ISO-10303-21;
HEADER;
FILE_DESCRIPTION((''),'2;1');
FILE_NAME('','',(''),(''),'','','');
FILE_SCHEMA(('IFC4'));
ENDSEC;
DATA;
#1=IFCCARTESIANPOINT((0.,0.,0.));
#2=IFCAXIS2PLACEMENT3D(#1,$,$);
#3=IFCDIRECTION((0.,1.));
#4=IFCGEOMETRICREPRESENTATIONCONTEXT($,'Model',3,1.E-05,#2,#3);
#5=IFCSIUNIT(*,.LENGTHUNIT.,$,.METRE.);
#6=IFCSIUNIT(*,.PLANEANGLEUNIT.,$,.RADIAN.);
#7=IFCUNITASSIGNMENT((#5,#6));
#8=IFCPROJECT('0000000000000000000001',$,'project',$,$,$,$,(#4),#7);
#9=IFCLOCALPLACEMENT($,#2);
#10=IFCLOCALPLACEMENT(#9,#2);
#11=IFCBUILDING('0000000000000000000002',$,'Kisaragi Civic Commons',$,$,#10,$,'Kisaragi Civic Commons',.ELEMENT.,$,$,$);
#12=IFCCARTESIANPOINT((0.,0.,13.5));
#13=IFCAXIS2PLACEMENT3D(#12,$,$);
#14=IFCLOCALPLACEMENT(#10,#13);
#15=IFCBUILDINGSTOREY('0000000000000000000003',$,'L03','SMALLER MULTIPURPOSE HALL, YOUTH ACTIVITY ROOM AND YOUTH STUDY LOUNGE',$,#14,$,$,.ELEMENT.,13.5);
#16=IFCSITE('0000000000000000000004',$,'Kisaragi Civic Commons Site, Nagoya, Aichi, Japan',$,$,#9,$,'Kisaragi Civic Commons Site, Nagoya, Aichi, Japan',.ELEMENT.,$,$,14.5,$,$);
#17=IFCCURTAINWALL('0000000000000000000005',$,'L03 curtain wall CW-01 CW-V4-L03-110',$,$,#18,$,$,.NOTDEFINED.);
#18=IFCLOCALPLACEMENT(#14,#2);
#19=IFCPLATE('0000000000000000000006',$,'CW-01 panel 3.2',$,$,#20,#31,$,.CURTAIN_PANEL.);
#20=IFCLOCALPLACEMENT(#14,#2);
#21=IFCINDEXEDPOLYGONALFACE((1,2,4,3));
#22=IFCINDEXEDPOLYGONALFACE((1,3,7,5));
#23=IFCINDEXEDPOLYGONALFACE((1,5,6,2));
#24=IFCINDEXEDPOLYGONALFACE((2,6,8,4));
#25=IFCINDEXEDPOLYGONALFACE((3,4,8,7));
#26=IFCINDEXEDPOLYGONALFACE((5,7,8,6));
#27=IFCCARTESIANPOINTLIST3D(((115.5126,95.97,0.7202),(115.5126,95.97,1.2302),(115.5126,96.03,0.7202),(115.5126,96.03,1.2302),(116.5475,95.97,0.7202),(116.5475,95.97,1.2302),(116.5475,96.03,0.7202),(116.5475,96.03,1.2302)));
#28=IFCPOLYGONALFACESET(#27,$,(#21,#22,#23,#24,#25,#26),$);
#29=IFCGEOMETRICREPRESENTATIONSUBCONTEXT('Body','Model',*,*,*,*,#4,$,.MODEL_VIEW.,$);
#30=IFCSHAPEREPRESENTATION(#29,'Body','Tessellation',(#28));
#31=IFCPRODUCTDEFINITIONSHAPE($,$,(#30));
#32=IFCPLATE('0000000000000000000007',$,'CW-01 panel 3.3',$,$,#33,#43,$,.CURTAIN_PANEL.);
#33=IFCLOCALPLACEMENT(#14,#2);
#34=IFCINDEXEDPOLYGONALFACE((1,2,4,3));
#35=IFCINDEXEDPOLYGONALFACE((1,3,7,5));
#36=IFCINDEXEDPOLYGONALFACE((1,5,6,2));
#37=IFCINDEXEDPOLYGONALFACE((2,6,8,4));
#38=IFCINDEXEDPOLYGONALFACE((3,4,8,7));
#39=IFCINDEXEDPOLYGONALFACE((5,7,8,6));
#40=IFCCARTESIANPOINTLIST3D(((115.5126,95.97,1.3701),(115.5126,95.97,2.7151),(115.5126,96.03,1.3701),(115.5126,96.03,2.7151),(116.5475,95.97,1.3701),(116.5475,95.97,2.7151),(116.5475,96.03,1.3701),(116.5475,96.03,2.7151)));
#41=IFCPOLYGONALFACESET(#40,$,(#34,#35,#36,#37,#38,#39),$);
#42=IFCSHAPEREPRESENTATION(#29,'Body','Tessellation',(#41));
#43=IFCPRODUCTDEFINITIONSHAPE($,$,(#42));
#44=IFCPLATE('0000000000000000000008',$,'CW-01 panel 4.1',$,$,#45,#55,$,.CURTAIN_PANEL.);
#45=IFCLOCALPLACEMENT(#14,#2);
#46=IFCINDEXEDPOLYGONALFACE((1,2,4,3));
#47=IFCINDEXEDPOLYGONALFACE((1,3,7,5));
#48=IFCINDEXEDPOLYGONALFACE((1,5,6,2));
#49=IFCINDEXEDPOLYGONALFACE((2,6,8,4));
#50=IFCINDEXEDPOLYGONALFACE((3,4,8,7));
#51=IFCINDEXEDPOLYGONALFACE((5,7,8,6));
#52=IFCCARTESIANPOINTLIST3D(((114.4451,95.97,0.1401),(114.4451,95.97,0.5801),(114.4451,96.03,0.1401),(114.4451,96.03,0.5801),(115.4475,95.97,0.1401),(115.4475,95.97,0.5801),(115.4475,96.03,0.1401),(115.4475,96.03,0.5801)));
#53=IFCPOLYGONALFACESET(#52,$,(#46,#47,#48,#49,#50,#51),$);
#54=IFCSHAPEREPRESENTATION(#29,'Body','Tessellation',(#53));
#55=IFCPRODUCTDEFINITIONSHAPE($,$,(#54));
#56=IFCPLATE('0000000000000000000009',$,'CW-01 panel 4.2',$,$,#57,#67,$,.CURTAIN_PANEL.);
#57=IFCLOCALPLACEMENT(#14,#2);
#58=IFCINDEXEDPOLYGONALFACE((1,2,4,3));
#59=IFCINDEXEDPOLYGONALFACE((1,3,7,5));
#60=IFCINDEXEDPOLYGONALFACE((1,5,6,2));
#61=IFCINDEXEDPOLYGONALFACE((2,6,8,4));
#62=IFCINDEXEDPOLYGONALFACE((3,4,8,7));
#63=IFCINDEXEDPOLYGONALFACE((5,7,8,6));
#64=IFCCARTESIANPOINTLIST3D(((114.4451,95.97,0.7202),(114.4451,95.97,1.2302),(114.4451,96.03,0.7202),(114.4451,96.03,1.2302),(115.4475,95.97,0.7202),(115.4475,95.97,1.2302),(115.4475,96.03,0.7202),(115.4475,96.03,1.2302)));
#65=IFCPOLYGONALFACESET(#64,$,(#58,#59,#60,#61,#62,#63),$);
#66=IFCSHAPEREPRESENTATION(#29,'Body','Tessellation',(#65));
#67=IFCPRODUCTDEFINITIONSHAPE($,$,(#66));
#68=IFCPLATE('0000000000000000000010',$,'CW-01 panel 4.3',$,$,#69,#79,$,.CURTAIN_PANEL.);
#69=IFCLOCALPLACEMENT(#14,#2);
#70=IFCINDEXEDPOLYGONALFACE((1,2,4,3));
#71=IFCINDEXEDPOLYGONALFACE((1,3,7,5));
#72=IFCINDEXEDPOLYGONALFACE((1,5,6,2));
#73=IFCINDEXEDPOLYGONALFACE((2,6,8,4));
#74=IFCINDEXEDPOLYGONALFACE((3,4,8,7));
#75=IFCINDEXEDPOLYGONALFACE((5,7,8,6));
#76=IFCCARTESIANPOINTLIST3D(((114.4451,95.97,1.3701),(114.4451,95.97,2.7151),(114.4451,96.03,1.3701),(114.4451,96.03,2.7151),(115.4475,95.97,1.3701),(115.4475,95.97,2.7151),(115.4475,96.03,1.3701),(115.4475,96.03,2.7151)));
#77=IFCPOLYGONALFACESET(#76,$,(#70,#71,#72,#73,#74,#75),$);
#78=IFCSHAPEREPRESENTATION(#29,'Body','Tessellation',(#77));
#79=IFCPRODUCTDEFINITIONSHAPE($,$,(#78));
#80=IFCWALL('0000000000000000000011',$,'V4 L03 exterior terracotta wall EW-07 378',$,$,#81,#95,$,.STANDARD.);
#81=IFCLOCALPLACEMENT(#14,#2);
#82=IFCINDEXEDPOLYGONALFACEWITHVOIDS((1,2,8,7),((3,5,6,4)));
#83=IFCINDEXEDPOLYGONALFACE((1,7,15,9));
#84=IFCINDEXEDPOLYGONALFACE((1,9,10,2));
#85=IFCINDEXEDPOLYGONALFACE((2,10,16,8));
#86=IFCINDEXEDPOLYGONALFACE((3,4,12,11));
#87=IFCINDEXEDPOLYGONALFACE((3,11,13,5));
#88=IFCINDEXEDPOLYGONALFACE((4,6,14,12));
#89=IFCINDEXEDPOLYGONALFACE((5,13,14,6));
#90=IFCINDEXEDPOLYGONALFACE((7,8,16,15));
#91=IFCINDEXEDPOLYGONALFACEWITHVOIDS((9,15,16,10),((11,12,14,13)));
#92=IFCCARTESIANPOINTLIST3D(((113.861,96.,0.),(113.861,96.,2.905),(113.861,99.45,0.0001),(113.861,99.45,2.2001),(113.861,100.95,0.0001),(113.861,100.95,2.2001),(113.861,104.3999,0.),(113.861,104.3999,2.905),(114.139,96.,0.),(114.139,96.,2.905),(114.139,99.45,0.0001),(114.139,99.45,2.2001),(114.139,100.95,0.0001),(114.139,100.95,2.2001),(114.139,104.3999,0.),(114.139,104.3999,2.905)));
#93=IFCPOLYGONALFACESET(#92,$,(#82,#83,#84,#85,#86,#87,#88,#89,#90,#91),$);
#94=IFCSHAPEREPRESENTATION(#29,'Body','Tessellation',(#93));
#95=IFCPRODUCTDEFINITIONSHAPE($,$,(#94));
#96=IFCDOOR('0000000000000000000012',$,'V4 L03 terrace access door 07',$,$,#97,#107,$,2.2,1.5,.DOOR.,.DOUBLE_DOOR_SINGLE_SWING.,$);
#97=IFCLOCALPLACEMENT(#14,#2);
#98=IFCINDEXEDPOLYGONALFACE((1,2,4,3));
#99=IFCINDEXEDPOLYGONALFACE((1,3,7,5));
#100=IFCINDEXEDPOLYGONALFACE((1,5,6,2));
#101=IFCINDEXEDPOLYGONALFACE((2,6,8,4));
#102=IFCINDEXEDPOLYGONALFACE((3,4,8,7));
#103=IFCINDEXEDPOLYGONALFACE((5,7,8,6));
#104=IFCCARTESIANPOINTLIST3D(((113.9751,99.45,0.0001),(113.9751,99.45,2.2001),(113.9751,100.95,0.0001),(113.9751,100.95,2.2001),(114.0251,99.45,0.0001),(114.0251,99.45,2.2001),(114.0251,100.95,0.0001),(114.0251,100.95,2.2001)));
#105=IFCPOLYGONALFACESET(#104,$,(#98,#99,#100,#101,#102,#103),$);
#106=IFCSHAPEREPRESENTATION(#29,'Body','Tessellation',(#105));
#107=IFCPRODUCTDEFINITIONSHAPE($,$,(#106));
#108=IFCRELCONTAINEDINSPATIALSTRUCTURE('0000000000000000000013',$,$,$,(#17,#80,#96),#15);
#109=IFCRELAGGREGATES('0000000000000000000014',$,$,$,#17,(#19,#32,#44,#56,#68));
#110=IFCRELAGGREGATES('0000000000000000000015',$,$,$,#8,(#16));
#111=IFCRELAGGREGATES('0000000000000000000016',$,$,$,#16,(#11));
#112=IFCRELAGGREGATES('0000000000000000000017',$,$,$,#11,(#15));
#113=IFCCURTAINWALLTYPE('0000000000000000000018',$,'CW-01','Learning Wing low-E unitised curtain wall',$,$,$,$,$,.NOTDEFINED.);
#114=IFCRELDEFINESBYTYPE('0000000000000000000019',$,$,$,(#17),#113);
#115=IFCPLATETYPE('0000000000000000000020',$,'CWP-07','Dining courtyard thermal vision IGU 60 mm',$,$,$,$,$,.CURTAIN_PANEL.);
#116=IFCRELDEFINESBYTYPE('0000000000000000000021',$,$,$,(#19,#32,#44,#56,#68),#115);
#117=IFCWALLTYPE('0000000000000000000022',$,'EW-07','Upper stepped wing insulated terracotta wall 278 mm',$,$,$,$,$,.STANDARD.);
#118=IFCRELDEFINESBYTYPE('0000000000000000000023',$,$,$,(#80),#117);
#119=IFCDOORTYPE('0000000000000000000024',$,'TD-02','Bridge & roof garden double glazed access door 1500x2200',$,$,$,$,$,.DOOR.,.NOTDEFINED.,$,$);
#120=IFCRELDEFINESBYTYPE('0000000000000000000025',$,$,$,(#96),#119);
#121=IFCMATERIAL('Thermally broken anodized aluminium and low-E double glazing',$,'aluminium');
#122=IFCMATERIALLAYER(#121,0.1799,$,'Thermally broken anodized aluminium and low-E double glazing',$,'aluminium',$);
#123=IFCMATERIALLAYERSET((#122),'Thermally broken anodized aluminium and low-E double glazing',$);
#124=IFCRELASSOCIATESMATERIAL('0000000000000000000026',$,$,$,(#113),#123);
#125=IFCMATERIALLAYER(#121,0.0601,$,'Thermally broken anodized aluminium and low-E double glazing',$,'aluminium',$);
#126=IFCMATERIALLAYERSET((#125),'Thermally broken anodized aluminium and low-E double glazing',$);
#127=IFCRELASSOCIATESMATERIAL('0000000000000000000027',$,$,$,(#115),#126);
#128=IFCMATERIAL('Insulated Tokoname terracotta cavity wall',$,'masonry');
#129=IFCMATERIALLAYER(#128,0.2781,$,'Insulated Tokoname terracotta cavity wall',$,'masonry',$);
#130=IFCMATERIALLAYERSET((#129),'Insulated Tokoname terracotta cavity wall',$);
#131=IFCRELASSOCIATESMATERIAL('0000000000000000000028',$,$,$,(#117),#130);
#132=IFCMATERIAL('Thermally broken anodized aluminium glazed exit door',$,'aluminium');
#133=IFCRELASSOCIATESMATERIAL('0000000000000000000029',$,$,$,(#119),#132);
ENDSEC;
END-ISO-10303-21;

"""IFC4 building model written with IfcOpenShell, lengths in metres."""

from ifc_helpers import new_model, si_unit, direction, frame, frame_2d, origin, origin_2d, place, context, subcontext, project, spatial, rectangle, extrude, material, layer, layer_set, type_object, element, fill, aggregate, save


model = new_model("IFC4")

# Units and contexts
model_context = context("Model", 3, precision=1e-05, world=origin(), true_north=direction((0.0, 1.0)))
body_context = subcontext(model_context, "Body", "Model", "MODEL_VIEW")
ifc_project = project(units=[si_unit("LENGTHUNIT", "METRE"), si_unit("PLANEANGLEUNIT", "RADIAN")], contexts=[model_context])

# Site, building, storey
site_placement = place(None, origin())
site = spatial("IfcSite", under=ifc_project, at=site_placement, Name="Kisaragi Civic Commons Site, Nagoya, Aichi, Japan", LongName="Kisaragi Civic Commons Site, Nagoya, Aichi, Japan", CompositionType="ELEMENT", RefElevation=14.5)
building_placement = place(site_placement, origin())
building = spatial("IfcBuilding", under=site, at=building_placement, Name="Kisaragi Civic Commons", LongName="Kisaragi Civic Commons", CompositionType="ELEMENT")
storey_placement = place(building_placement, frame((0.0, 0.0, 13.5)))
storey = spatial("IfcBuildingStorey", under=building, at=storey_placement, Name="L03", Description="SMALLER MULTIPURPOSE HALL, YOUTH ACTIVITY ROOM AND YOUTH STUDY LOUNGE", CompositionType="ELEMENT", Elevation=13.5)

# Curtain wall, plates
ifc_material_1 = material(Name="Thermally broken anodized aluminium and low-E double glazing", Category="aluminium")
ifc_layer_1 = layer(ifc_material_1, 0.1799, Name="Thermally broken anodized aluminium and low-E double glazing", Category="aluminium")
ifc_layer_set_1 = layer_set([ifc_layer_1], Name="Thermally broken anodized aluminium and low-E double glazing")
curtain_wall_type = type_object("IfcCurtainWallType", Name="CW-01", Description="Learning Wing low-E unitised curtain wall", PredefinedType="NOTDEFINED", material=ifc_layer_set_1)
curtain_wall_placement = place(storey_placement, origin())
curtain_wall = element("IfcCurtainWall", 1, at=curtain_wall_placement, inside=storey, type_object=curtain_wall_type, Name="L03 curtain wall CW-01 CW-V4-L03-110", PredefinedType="NOTDEFINED")
ifc_layer_2 = layer(ifc_material_1, 0.0601, Name="Thermally broken anodized aluminium and low-E double glazing", Category="aluminium")
ifc_layer_set_2 = layer_set([ifc_layer_2], Name="Thermally broken anodized aluminium and low-E double glazing")
plate_type = type_object("IfcPlateType", Name="CWP-07", Description="Dining courtyard thermal vision IGU 60 mm", PredefinedType="CURTAIN_PANEL", material=ifc_layer_set_2)
plate_1_placement = place(storey_placement, frame((116.03, 96.0, 0.7202), z_axis=(0.0, 0.0, 1.0), x_axis=(-1.0, 0.0, 0.0)))
plate_1 = element("IfcPlate", 2, at=plate_1_placement, type_object=plate_type, Name="CW-01 panel 3.2", PredefinedType="CURTAIN_PANEL", context=body_context, shape_type="SweptSolid", body=[
    extrude(rectangle(XDim=1.0349, YDim=0.0601, at=origin_2d()), origin(), (0.0, 0.0, 1.0), 0.51),
])
plate_2_placement = place(storey_placement, frame((116.03, 96.0, 1.3701), z_axis=(0.0, 0.0, 1.0), x_axis=(-1.0, 0.0, 0.0)))
plate_2 = element("IfcPlate", 3, at=plate_2_placement, type_object=plate_type, Name="CW-01 panel 3.3", PredefinedType="CURTAIN_PANEL", context=body_context, shape_type="SweptSolid", body=[
    extrude(rectangle(XDim=1.0349, YDim=0.0601, at=origin_2d()), origin(), (0.0, 0.0, 1.0), 1.345),
])
plate_3_placement = place(storey_placement, frame((114.9463, 96.0, 0.1401), z_axis=(0.0, 0.0, 1.0), x_axis=(-1.0, 0.0, 0.0)))
plate_3 = element("IfcPlate", 4, at=plate_3_placement, type_object=plate_type, Name="CW-01 panel 4.1", PredefinedType="CURTAIN_PANEL", context=body_context, shape_type="SweptSolid", body=[
    extrude(rectangle(XDim=1.0024, YDim=0.0601, at=origin_2d()), origin(), (0.0, 0.0, 1.0), 0.4399),
])
plate_4_placement = place(storey_placement, frame((114.9463, 96.0, 0.7202), z_axis=(0.0, 0.0, 1.0), x_axis=(-1.0, 0.0, 0.0)))
plate_4 = element("IfcPlate", 5, at=plate_4_placement, type_object=plate_type, Name="CW-01 panel 4.2", PredefinedType="CURTAIN_PANEL", context=body_context, shape_type="SweptSolid", body=[
    extrude(rectangle(XDim=1.0024, YDim=0.0601, at=origin_2d()), origin(), (0.0, 0.0, 1.0), 0.51),
])
plate_5_placement = place(storey_placement, frame((114.9463, 96.0, 1.3701), z_axis=(0.0, 0.0, 1.0), x_axis=(-1.0, 0.0, 0.0)))
plate_5 = element("IfcPlate", 6, at=plate_5_placement, type_object=plate_type, Name="CW-01 panel 4.3", PredefinedType="CURTAIN_PANEL", context=body_context, shape_type="SweptSolid", body=[
    extrude(rectangle(XDim=1.0024, YDim=0.0601, at=origin_2d()), origin(), (0.0, 0.0, 1.0), 1.345),
])
aggregate(curtain_wall, [plate_1, plate_2, plate_3, plate_4, plate_5])

# Wall, opening, door
ifc_material_2 = material(Name="Insulated Tokoname terracotta cavity wall", Category="masonry")
ifc_layer_3 = layer(ifc_material_2, 0.2781, Name="Insulated Tokoname terracotta cavity wall", Category="masonry")
ifc_layer_set_3 = layer_set([ifc_layer_3], Name="Insulated Tokoname terracotta cavity wall")
wall_type = type_object("IfcWallType", Name="EW-07", Description="Upper stepped wing insulated terracotta wall 278 mm", PredefinedType="STANDARD", material=ifc_layer_set_3)
wall_placement = place(storey_placement, frame((114.0, 96.0, 0.0), z_axis=(0.0, 0.0, 1.0), x_axis=(0.0, 1.0, 0.0)))
wall = element("IfcWall", 7, at=wall_placement, inside=storey, type_object=wall_type, Name="V4 L03 exterior terracotta wall EW-07 378", PredefinedType="STANDARD", context=body_context, shape_type="SweptSolid", body=[
    extrude(rectangle(XDim=8.3999, YDim=0.2781, at=frame_2d((4.2, 0.0))), origin(), (0.0, 0.0, 1.0), 2.905),
])
opening_placement = place(wall_placement, frame((3.45, 0.0, 0.0)))
opening = element("IfcOpeningElement", 8, at=opening_placement, cuts=wall, PredefinedType="OPENING", context=body_context, shape_type="SweptSolid", body=[
    extrude(rectangle(XDim=1.5, YDim=2.2, at=frame_2d((0.75, 1.1001))), frame((0.0, 0.1489, 0.0), z_axis=(0.0, -1.0, 0.0), x_axis=(1.0, 0.0, 0.0)), (0.0, 0.0, 1.0), 0.2981),
])
ifc_material_3 = material(Name="Thermally broken anodized aluminium glazed exit door", Category="aluminium")
door_type = type_object("IfcDoorType", Name="TD-02", Description="Bridge & roof garden double glazed access door 1500x2200", OperationType="NOTDEFINED", PredefinedType="DOOR", material=ifc_material_3)
door_placement = place(opening_placement, origin())
door = element("IfcDoor", 9, at=door_placement, inside=storey, type_object=door_type, Name="V4 L03 terrace access door 07", OperationType="DOUBLE_DOOR_SINGLE_SWING", OverallHeight=2.2, OverallWidth=1.5, PredefinedType="DOOR", context=body_context, shape_type="SweptSolid", body=[
    extrude(rectangle(XDim=1.5, YDim=2.2, at=frame_2d((0.75, 1.1001))), frame((0.0, 0.0249, 0.0), z_axis=(0.0, -1.0, 0.0), x_axis=(1.0, 0.0, 0.0)), (0.0, 0.0, 1.0), 0.05),
])
fill(opening, door)

save(model, "model.ifc")
